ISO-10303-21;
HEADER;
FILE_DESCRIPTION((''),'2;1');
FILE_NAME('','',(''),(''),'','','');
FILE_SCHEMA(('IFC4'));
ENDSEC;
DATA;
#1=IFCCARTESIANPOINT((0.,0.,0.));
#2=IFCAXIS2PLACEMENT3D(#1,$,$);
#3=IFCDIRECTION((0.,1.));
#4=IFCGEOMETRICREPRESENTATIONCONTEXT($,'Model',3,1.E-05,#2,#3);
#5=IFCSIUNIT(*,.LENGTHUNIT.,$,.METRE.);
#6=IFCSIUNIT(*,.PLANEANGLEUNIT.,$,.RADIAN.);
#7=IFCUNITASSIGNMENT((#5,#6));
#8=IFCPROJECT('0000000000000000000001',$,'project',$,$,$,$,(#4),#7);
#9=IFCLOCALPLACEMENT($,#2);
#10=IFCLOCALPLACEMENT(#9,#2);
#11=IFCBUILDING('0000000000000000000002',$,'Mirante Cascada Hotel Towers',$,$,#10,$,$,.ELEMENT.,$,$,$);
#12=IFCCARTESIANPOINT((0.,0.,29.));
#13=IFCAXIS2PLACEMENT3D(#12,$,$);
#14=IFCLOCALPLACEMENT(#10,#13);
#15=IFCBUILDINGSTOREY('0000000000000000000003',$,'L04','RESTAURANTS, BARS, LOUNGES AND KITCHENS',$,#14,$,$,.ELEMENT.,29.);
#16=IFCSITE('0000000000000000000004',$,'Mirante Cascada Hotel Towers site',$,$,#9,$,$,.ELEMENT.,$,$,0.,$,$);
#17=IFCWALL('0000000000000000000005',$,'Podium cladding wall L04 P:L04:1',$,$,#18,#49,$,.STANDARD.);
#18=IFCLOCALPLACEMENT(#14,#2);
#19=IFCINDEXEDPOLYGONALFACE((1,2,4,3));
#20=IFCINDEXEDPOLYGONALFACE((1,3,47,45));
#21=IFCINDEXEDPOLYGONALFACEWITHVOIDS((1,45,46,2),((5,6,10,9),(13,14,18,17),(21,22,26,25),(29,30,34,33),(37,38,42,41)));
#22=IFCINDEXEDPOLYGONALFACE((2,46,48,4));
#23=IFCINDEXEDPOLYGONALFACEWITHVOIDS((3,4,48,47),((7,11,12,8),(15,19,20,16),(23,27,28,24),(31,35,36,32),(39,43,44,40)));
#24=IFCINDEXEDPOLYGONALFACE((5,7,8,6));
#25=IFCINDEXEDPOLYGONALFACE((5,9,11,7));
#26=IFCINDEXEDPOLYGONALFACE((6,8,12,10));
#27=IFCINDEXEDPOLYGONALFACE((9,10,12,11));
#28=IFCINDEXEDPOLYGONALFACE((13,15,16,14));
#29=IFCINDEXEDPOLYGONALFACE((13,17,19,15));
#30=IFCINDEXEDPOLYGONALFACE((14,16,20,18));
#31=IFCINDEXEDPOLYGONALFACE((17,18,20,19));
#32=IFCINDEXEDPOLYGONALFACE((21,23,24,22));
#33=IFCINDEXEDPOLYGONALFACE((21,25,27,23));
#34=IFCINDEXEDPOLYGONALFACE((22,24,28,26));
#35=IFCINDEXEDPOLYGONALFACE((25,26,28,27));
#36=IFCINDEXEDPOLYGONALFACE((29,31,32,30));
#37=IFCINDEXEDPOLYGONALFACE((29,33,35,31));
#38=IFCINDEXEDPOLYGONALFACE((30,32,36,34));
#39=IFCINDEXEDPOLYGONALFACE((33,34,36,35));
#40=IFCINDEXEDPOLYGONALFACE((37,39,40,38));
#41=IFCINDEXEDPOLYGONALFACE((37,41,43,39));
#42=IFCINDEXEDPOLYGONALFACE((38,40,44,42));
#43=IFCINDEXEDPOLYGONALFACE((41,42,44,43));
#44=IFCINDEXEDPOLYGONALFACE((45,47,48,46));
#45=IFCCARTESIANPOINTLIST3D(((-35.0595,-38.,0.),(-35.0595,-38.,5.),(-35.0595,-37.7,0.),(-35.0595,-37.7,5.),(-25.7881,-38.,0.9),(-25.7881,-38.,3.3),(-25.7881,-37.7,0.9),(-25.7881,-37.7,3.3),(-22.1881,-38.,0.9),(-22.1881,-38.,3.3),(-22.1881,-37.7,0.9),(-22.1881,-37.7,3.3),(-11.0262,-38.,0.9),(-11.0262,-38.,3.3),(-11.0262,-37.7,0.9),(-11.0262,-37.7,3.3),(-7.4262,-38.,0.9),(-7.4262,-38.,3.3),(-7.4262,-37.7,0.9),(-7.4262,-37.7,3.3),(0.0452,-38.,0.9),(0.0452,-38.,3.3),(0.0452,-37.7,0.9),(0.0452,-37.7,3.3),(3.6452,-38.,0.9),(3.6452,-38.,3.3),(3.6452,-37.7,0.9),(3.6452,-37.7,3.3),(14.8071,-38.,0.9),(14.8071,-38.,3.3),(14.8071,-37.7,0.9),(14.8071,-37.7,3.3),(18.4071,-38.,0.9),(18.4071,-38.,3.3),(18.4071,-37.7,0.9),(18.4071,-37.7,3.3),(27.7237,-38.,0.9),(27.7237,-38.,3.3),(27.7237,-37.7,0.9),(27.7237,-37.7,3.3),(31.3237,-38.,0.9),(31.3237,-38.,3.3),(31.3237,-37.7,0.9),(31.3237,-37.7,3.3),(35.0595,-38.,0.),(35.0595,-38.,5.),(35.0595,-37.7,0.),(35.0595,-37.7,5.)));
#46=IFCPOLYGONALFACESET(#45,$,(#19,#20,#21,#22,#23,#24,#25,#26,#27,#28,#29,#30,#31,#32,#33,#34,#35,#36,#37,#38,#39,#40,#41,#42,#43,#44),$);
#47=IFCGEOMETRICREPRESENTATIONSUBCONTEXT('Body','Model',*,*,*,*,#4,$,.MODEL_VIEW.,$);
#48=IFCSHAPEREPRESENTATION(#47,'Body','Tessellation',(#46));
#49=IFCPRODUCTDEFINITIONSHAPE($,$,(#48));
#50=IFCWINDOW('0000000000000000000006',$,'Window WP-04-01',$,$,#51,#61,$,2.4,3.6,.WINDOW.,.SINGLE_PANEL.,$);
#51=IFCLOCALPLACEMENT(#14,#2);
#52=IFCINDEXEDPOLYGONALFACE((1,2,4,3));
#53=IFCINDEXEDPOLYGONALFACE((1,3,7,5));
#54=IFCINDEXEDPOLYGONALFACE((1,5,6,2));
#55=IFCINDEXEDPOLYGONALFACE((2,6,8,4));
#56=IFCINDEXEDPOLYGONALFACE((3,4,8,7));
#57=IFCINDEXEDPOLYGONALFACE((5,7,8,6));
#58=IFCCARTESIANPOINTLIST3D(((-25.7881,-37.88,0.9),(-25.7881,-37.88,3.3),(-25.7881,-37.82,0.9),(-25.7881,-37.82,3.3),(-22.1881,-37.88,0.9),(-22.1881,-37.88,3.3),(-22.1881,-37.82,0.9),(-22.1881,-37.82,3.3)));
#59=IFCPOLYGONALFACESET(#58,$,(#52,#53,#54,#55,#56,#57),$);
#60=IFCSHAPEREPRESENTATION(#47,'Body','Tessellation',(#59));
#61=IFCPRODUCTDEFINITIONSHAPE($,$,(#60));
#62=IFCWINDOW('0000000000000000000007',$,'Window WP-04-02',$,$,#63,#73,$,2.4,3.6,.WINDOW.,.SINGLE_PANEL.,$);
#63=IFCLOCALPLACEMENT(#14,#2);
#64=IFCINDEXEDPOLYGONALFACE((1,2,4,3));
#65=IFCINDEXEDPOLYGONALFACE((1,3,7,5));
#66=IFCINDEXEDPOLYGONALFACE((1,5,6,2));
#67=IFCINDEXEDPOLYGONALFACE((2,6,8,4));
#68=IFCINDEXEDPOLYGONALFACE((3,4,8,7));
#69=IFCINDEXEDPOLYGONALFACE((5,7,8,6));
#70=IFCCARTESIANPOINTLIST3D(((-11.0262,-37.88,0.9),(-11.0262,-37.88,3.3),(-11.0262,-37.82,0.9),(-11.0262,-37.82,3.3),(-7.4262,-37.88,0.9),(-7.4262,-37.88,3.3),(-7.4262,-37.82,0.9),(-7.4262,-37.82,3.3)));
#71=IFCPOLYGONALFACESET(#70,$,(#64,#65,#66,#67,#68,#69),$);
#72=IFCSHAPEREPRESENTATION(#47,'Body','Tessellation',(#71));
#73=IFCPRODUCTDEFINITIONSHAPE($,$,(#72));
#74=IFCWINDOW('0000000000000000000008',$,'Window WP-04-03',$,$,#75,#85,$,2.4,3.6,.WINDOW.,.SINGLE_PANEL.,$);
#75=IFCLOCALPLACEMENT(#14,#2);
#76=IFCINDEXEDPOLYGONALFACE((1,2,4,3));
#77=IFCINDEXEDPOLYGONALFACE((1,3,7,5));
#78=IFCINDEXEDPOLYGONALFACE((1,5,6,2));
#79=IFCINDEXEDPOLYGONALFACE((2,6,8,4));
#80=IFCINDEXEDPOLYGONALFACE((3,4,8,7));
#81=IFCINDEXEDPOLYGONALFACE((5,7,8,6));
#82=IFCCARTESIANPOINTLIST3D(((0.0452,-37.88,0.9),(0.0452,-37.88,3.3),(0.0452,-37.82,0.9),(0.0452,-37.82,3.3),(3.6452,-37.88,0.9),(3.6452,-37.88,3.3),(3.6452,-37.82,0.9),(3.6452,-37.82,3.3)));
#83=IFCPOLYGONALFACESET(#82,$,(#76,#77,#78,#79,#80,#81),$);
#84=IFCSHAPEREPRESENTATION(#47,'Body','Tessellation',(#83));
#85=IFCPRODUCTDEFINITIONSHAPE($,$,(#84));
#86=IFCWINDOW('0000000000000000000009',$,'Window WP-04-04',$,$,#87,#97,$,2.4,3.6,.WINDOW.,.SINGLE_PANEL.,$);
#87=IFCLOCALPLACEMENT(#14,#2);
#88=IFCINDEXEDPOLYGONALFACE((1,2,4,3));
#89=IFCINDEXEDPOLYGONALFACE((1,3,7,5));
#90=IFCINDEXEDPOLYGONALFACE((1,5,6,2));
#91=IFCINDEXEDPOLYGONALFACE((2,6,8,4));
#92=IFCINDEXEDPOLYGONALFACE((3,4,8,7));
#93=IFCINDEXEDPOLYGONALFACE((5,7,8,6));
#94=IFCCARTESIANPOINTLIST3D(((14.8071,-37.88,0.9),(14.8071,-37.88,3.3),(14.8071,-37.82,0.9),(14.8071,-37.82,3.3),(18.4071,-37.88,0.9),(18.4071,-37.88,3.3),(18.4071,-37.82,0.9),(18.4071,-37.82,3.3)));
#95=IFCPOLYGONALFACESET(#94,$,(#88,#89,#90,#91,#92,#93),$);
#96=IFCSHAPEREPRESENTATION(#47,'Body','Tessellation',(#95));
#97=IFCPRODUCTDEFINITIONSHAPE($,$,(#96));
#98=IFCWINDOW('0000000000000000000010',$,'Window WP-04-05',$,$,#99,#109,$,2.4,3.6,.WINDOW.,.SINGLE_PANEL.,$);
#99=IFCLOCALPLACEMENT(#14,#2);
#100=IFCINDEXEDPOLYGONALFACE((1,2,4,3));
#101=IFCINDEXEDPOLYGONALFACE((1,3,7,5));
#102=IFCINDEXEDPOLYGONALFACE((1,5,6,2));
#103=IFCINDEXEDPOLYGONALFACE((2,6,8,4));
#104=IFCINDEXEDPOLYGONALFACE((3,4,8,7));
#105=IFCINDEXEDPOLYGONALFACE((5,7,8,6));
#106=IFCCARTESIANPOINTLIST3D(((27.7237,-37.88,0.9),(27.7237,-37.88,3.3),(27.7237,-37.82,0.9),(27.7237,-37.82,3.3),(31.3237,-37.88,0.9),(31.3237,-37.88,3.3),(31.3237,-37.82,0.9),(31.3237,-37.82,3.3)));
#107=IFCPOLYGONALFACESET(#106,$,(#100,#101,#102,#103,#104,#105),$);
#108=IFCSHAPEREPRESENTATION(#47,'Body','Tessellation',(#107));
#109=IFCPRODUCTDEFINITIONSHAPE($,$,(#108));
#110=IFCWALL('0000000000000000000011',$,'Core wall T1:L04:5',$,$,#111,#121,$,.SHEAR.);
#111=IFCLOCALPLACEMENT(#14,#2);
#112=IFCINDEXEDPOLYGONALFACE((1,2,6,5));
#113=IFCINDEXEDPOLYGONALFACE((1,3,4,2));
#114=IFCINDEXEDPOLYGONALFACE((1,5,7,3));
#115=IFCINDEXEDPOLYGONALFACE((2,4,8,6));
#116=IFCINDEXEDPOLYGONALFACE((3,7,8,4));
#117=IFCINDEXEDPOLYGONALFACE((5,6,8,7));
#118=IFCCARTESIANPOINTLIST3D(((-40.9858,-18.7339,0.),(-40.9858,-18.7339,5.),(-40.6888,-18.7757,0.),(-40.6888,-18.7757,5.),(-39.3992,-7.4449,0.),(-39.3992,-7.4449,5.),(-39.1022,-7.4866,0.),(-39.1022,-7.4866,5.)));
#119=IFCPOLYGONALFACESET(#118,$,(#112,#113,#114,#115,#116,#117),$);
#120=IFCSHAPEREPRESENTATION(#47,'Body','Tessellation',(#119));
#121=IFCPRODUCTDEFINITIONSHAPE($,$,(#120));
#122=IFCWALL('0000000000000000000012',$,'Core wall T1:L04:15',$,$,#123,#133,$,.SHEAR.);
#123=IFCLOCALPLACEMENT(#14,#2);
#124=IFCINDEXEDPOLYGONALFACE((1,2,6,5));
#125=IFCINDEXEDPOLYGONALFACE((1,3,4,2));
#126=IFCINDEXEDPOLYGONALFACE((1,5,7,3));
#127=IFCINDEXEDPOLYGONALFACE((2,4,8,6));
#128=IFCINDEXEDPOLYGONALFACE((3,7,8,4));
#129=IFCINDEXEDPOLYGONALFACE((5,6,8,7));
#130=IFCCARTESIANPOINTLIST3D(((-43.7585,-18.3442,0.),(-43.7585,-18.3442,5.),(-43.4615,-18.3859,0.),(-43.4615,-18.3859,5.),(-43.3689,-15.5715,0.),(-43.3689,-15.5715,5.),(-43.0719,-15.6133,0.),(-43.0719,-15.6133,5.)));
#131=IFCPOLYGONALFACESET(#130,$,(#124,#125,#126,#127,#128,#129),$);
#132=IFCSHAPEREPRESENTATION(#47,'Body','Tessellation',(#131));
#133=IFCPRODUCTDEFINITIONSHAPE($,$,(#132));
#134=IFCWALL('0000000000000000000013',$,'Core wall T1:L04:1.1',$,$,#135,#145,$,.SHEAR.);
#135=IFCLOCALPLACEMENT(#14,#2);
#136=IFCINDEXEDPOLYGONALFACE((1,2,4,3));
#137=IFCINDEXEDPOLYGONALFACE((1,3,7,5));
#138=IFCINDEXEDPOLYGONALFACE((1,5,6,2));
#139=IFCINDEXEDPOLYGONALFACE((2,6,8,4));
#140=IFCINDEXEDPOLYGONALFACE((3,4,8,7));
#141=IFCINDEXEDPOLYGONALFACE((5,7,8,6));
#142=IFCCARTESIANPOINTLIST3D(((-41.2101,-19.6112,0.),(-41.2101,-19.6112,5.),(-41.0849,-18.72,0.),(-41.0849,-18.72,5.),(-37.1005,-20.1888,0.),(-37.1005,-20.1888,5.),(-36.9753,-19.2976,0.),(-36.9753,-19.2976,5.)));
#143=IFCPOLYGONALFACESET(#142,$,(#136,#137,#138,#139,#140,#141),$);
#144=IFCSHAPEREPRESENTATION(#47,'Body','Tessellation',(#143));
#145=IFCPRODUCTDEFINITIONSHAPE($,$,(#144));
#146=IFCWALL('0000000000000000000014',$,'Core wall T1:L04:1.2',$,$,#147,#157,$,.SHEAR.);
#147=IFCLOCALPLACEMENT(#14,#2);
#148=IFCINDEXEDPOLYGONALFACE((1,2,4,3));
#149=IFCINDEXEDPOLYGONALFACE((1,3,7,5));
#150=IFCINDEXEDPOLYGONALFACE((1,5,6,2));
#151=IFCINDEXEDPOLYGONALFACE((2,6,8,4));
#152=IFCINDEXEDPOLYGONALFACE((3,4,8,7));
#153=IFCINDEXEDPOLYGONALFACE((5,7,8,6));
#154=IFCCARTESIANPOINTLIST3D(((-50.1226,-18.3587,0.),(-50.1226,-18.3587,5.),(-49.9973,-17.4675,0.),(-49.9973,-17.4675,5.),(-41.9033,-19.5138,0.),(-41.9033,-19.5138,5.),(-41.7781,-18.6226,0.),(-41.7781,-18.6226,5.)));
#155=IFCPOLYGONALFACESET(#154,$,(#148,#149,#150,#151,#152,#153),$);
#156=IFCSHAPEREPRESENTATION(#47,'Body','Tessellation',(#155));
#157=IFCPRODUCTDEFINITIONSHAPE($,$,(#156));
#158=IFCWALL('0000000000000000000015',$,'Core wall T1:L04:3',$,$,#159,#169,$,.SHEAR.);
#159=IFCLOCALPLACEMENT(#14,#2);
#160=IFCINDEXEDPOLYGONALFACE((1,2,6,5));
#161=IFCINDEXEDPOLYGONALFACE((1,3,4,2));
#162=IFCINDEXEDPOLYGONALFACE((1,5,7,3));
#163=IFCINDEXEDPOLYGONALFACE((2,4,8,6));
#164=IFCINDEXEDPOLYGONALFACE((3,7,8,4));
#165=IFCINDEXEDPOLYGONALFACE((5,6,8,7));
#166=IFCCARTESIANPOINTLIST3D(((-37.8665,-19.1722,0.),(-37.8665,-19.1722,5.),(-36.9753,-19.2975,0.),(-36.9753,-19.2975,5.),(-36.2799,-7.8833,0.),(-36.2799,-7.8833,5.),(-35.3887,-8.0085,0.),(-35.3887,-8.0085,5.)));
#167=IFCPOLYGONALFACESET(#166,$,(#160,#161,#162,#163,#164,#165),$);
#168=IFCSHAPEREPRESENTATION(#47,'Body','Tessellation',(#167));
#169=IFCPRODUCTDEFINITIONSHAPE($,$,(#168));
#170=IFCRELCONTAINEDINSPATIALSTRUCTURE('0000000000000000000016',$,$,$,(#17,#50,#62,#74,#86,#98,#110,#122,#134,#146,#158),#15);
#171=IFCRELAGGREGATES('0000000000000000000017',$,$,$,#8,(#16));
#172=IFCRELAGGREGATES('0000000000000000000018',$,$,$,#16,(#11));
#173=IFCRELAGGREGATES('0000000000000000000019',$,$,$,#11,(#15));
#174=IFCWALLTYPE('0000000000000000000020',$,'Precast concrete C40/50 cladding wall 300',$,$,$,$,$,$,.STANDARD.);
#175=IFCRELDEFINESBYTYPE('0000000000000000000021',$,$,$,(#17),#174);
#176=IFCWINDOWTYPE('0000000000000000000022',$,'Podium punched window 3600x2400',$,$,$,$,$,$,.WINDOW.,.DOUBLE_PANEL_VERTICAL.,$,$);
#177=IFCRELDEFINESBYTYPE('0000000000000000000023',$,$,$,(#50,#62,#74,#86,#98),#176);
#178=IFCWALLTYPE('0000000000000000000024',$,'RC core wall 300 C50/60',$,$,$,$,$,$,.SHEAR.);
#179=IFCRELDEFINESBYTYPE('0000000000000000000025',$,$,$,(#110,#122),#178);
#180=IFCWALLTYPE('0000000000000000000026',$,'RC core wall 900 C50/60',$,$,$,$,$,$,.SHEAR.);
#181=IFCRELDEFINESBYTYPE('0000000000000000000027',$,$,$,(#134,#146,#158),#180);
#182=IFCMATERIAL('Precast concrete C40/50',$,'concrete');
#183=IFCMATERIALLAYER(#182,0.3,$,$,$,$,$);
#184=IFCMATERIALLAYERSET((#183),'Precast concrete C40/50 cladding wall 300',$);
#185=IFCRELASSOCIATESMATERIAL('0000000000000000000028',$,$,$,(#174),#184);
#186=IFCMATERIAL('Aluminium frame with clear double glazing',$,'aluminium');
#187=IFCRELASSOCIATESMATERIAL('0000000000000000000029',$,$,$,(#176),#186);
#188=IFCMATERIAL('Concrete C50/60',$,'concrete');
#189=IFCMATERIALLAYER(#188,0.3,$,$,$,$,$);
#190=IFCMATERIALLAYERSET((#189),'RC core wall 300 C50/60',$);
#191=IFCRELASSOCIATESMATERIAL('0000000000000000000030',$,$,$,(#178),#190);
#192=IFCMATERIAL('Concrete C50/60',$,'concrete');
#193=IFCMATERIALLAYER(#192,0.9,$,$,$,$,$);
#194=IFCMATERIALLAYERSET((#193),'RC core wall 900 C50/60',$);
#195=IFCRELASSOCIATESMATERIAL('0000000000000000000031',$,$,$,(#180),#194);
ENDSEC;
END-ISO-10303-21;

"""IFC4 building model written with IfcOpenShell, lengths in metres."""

from ifc_helpers import new_model, si_unit, direction, frame, frame_2d, origin, place, context, subcontext, project, spatial, rectangle, extrude, material, layer, layer_set, type_object, element, fill, save


model = new_model("IFC4")

# Units and contexts
model_context = context("Model", 3, precision=1e-05, world=origin(), true_north=direction((0.0, 1.0)))
body_context = subcontext(model_context, "Body", "Model", "MODEL_VIEW")
ifc_project = project(units=[si_unit("LENGTHUNIT", "METRE"), si_unit("PLANEANGLEUNIT", "RADIAN")], contexts=[model_context])

# Site, building, storey
site_placement = place(None, origin())
site = spatial("IfcSite", under=ifc_project, at=site_placement, Name="Mirante Cascada Hotel Towers site", CompositionType="ELEMENT", RefElevation=0.0)
building_placement = place(site_placement, origin())
building = spatial("IfcBuilding", under=site, at=building_placement, Name="Mirante Cascada Hotel Towers", CompositionType="ELEMENT")
storey_placement = place(building_placement, frame((0.0, 0.0, 29.0)))
storey = spatial("IfcBuildingStorey", under=building, at=storey_placement, Name="L04", Description="RESTAURANTS, BARS, LOUNGES AND KITCHENS", CompositionType="ELEMENT", Elevation=29.0)

# Wall, openings, windows
ifc_material_1 = material(Name="Precast concrete C40/50", Category="concrete")
ifc_layer_1 = layer(ifc_material_1, 0.3)
ifc_layer_set_1 = layer_set([ifc_layer_1], Name="Precast concrete C40/50 cladding wall 300")
wall_type_1 = type_object("IfcWallType", Name="Precast concrete C40/50 cladding wall 300", PredefinedType="STANDARD", material=ifc_layer_set_1)
wall_1_placement = place(storey_placement, frame((-35.0595, -37.85, 0.0), z_axis=(0.0, 0.0, 1.0), x_axis=(1.0, 0.0, 0.0)))
wall_1 = element("IfcWall", 1, at=wall_1_placement, inside=storey, type_object=wall_type_1, Name="Podium cladding wall L04 P:L04:1", PredefinedType="STANDARD", context=body_context, shape_type="SweptSolid", body=[
    extrude(rectangle(XDim=70.119, YDim=0.3, at=frame_2d((35.0595, 0.0))), origin(), (0.0, 0.0, 1.0), 5.0),
])
opening_1_placement = place(wall_1_placement, frame((9.2714, 0.0, 0.9)))
opening_1 = element("IfcOpeningElement", 2, at=opening_1_placement, cuts=wall_1, PredefinedType="OPENING", context=body_context, shape_type="SweptSolid", body=[
    extrude(rectangle(XDim=3.6, YDim=2.4, at=frame_2d((1.8, 1.2))), frame((0.0, 0.15, 0.0), z_axis=(0.0, -1.0, 0.0), x_axis=(1.0, 0.0, 0.0)), (0.0, 0.0, 1.0), 0.3),
])
opening_2_placement = place(wall_1_placement, frame((24.0333, 0.0, 0.9)))
opening_2 = element("IfcOpeningElement", 3, at=opening_2_placement, cuts=wall_1, PredefinedType="OPENING", context=body_context, shape_type="SweptSolid", body=[
    extrude(rectangle(XDim=3.6, YDim=2.4, at=frame_2d((1.8, 1.2))), frame((0.0, 0.15, 0.0), z_axis=(0.0, -1.0, 0.0), x_axis=(1.0, 0.0, 0.0)), (0.0, 0.0, 1.0), 0.3),
])
opening_3_placement = place(wall_1_placement, frame((35.1047, 0.0, 0.9)))
opening_3 = element("IfcOpeningElement", 4, at=opening_3_placement, cuts=wall_1, PredefinedType="OPENING", context=body_context, shape_type="SweptSolid", body=[
    extrude(rectangle(XDim=3.6, YDim=2.4, at=frame_2d((1.8, 1.2))), frame((0.0, 0.15, 0.0), z_axis=(0.0, -1.0, 0.0), x_axis=(1.0, 0.0, 0.0)), (0.0, 0.0, 1.0), 0.3),
])
opening_4_placement = place(wall_1_placement, frame((49.8666, 0.0, 0.9)))
opening_4 = element("IfcOpeningElement", 5, at=opening_4_placement, cuts=wall_1, PredefinedType="OPENING", context=body_context, shape_type="SweptSolid", body=[
    extrude(rectangle(XDim=3.6, YDim=2.4, at=frame_2d((1.8, 1.2))), frame((0.0, 0.15, 0.0), z_axis=(0.0, -1.0, 0.0), x_axis=(1.0, 0.0, 0.0)), (0.0, 0.0, 1.0), 0.3),
])
opening_5_placement = place(wall_1_placement, frame((62.7832, 0.0, 0.9)))
opening_5 = element("IfcOpeningElement", 6, at=opening_5_placement, cuts=wall_1, PredefinedType="OPENING", context=body_context, shape_type="SweptSolid", body=[
    extrude(rectangle(XDim=3.6, YDim=2.4, at=frame_2d((1.8, 1.2))), frame((0.0, 0.15, 0.0), z_axis=(0.0, -1.0, 0.0), x_axis=(1.0, 0.0, 0.0)), (0.0, 0.0, 1.0), 0.3),
])
ifc_material_2 = material(Name="Aluminium frame with clear double glazing", Category="aluminium")
window_type = type_object("IfcWindowType", Name="Podium punched window 3600x2400", PartitioningType="DOUBLE_PANEL_VERTICAL", PredefinedType="WINDOW", material=ifc_material_2)
window_1_placement = place(opening_1_placement, origin())
window_1 = element("IfcWindow", 7, at=window_1_placement, inside=storey, type_object=window_type, Name="Window WP-04-01", OverallHeight=2.4, OverallWidth=3.6, PartitioningType="SINGLE_PANEL", PredefinedType="WINDOW", context=body_context, shape_type="SweptSolid", body=[
    extrude(rectangle(XDim=3.6, YDim=2.4, at=frame_2d((1.8, 1.2))), frame((0.0, 0.03, 0.0), z_axis=(0.0, -1.0, 0.0), x_axis=(1.0, 0.0, 0.0)), (0.0, 0.0, 1.0), 0.06),
])
fill(opening_1, window_1)
window_2_placement = place(opening_2_placement, origin())
window_2 = element("IfcWindow", 8, at=window_2_placement, inside=storey, type_object=window_type, Name="Window WP-04-02", OverallHeight=2.4, OverallWidth=3.6, PartitioningType="SINGLE_PANEL", PredefinedType="WINDOW", context=body_context, shape_type="SweptSolid", body=[
    extrude(rectangle(XDim=3.6, YDim=2.4, at=frame_2d((1.8, 1.2))), frame((0.0, 0.03, 0.0), z_axis=(0.0, -1.0, 0.0), x_axis=(1.0, 0.0, 0.0)), (0.0, 0.0, 1.0), 0.06),
])
fill(opening_2, window_2)
window_3_placement = place(opening_3_placement, origin())
window_3 = element("IfcWindow", 9, at=window_3_placement, inside=storey, type_object=window_type, Name="Window WP-04-03", OverallHeight=2.4, OverallWidth=3.6, PartitioningType="SINGLE_PANEL", PredefinedType="WINDOW", context=body_context, shape_type="SweptSolid", body=[
    extrude(rectangle(XDim=3.6, YDim=2.4, at=frame_2d((1.8, 1.2))), frame((0.0, 0.03, 0.0), z_axis=(0.0, -1.0, 0.0), x_axis=(1.0, 0.0, 0.0)), (0.0, 0.0, 1.0), 0.06),
])
fill(opening_3, window_3)
window_4_placement = place(opening_4_placement, origin())
window_4 = element("IfcWindow", 10, at=window_4_placement, inside=storey, type_object=window_type, Name="Window WP-04-04", OverallHeight=2.4, OverallWidth=3.6, PartitioningType="SINGLE_PANEL", PredefinedType="WINDOW", context=body_context, shape_type="SweptSolid", body=[
    extrude(rectangle(XDim=3.6, YDim=2.4, at=frame_2d((1.8, 1.2))), frame((0.0, 0.03, 0.0), z_axis=(0.0, -1.0, 0.0), x_axis=(1.0, 0.0, 0.0)), (0.0, 0.0, 1.0), 0.06),
])
fill(opening_4, window_4)
window_5_placement = place(opening_5_placement, origin())
window_5 = element("IfcWindow", 11, at=window_5_placement, inside=storey, type_object=window_type, Name="Window WP-04-05", OverallHeight=2.4, OverallWidth=3.6, PartitioningType="SINGLE_PANEL", PredefinedType="WINDOW", context=body_context, shape_type="SweptSolid", body=[
    extrude(rectangle(XDim=3.6, YDim=2.4, at=frame_2d((1.8, 1.2))), frame((0.0, 0.03, 0.0), z_axis=(0.0, -1.0, 0.0), x_axis=(1.0, 0.0, 0.0)), (0.0, 0.0, 1.0), 0.06),
])
fill(opening_5, window_5)

# Walls
ifc_material_3 = material(Name="Concrete C50/60", Category="concrete")
ifc_layer_2 = layer(ifc_material_3, 0.3)
ifc_layer_set_2 = layer_set([ifc_layer_2], Name="RC core wall 300 C50/60")
wall_type_2 = type_object("IfcWallType", Name="RC core wall 300 C50/60", PredefinedType="SHEAR", material=ifc_layer_set_2)
wall_2_placement = place(storey_placement, frame((-40.8373, -18.7548, 0.0), z_axis=(0.0, 0.0, 1.0), x_axis=(0.139175, 0.990268, 0.0)))
element("IfcWall", 12, at=wall_2_placement, inside=storey, type_object=wall_type_2, Name="Core wall T1:L04:5", PredefinedType="SHEAR", context=body_context, shape_type="SweptSolid", body=[
    extrude(rectangle(XDim=11.4, YDim=0.3, at=frame_2d((5.7, 0.0))), origin(), (0.0, 0.0, 1.0), 5.0),
])
wall_3_placement = place(storey_placement, frame((-43.61, -18.3651, 0.0), z_axis=(0.0, 0.0, 1.0), x_axis=(0.139146, 0.990272, 0.0)))
element("IfcWall", 13, at=wall_3_placement, inside=storey, type_object=wall_type_2, Name="Core wall T1:L04:15", PredefinedType="SHEAR", context=body_context, shape_type="SweptSolid", body=[
    extrude(rectangle(XDim=2.7999, YDim=0.3, at=frame_2d((1.4, 0.0))), origin(), (0.0, 0.0, 1.0), 5.0),
])
ifc_material_4 = material(Name="Concrete C50/60", Category="concrete")
ifc_layer_3 = layer(ifc_material_4, 0.9)
ifc_layer_set_3 = layer_set([ifc_layer_3], Name="RC core wall 900 C50/60")
wall_type_3 = type_object("IfcWallType", Name="RC core wall 900 C50/60", PredefinedType="SHEAR", material=ifc_layer_set_3)
wall_4_placement = place(storey_placement, frame((-37.0379, -19.7432, 0.0), z_axis=(0.0, 0.0, 1.0), x_axis=(-0.990267, 0.139181, 0.0)))
element("IfcWall", 14, at=wall_4_placement, inside=storey, type_object=wall_type_3, Name="Core wall T1:L04:1.1", PredefinedType="SHEAR", context=body_context, shape_type="SweptSolid", body=[
    extrude(rectangle(XDim=4.15, YDim=0.9, at=frame_2d((2.075, 0.0))), origin(), (0.0, 0.0, 1.0), 5.0),
])
wall_5_placement = place(storey_placement, frame((-41.8407, -19.0682, 0.0), z_axis=(0.0, 0.0, 1.0), x_axis=(-0.990269, 0.139169, 0.0)))
element("IfcWall", 15, at=wall_5_placement, inside=storey, type_object=wall_type_3, Name="Core wall T1:L04:1.2", PredefinedType="SHEAR", context=body_context, shape_type="SweptSolid", body=[
    extrude(rectangle(XDim=8.3, YDim=0.9, at=frame_2d((4.15, 0.0))), origin(), (0.0, 0.0, 1.0), 5.0),
])
wall_6_placement = place(storey_placement, frame((-37.4209, -19.2349, 0.0), z_axis=(0.0, 0.0, 1.0), x_axis=(0.139176, 0.990268, 0.0)))
element("IfcWall", 16, at=wall_6_placement, inside=storey, type_object=wall_type_3, Name="Core wall T1:L04:3", PredefinedType="SHEAR", context=body_context, shape_type="SweptSolid", body=[
    extrude(rectangle(XDim=11.3999, YDim=0.9, at=frame_2d((5.7, 0.0))), origin(), (0.0, 0.0, 1.0), 5.0),
])

save(model, "model.ifc")
